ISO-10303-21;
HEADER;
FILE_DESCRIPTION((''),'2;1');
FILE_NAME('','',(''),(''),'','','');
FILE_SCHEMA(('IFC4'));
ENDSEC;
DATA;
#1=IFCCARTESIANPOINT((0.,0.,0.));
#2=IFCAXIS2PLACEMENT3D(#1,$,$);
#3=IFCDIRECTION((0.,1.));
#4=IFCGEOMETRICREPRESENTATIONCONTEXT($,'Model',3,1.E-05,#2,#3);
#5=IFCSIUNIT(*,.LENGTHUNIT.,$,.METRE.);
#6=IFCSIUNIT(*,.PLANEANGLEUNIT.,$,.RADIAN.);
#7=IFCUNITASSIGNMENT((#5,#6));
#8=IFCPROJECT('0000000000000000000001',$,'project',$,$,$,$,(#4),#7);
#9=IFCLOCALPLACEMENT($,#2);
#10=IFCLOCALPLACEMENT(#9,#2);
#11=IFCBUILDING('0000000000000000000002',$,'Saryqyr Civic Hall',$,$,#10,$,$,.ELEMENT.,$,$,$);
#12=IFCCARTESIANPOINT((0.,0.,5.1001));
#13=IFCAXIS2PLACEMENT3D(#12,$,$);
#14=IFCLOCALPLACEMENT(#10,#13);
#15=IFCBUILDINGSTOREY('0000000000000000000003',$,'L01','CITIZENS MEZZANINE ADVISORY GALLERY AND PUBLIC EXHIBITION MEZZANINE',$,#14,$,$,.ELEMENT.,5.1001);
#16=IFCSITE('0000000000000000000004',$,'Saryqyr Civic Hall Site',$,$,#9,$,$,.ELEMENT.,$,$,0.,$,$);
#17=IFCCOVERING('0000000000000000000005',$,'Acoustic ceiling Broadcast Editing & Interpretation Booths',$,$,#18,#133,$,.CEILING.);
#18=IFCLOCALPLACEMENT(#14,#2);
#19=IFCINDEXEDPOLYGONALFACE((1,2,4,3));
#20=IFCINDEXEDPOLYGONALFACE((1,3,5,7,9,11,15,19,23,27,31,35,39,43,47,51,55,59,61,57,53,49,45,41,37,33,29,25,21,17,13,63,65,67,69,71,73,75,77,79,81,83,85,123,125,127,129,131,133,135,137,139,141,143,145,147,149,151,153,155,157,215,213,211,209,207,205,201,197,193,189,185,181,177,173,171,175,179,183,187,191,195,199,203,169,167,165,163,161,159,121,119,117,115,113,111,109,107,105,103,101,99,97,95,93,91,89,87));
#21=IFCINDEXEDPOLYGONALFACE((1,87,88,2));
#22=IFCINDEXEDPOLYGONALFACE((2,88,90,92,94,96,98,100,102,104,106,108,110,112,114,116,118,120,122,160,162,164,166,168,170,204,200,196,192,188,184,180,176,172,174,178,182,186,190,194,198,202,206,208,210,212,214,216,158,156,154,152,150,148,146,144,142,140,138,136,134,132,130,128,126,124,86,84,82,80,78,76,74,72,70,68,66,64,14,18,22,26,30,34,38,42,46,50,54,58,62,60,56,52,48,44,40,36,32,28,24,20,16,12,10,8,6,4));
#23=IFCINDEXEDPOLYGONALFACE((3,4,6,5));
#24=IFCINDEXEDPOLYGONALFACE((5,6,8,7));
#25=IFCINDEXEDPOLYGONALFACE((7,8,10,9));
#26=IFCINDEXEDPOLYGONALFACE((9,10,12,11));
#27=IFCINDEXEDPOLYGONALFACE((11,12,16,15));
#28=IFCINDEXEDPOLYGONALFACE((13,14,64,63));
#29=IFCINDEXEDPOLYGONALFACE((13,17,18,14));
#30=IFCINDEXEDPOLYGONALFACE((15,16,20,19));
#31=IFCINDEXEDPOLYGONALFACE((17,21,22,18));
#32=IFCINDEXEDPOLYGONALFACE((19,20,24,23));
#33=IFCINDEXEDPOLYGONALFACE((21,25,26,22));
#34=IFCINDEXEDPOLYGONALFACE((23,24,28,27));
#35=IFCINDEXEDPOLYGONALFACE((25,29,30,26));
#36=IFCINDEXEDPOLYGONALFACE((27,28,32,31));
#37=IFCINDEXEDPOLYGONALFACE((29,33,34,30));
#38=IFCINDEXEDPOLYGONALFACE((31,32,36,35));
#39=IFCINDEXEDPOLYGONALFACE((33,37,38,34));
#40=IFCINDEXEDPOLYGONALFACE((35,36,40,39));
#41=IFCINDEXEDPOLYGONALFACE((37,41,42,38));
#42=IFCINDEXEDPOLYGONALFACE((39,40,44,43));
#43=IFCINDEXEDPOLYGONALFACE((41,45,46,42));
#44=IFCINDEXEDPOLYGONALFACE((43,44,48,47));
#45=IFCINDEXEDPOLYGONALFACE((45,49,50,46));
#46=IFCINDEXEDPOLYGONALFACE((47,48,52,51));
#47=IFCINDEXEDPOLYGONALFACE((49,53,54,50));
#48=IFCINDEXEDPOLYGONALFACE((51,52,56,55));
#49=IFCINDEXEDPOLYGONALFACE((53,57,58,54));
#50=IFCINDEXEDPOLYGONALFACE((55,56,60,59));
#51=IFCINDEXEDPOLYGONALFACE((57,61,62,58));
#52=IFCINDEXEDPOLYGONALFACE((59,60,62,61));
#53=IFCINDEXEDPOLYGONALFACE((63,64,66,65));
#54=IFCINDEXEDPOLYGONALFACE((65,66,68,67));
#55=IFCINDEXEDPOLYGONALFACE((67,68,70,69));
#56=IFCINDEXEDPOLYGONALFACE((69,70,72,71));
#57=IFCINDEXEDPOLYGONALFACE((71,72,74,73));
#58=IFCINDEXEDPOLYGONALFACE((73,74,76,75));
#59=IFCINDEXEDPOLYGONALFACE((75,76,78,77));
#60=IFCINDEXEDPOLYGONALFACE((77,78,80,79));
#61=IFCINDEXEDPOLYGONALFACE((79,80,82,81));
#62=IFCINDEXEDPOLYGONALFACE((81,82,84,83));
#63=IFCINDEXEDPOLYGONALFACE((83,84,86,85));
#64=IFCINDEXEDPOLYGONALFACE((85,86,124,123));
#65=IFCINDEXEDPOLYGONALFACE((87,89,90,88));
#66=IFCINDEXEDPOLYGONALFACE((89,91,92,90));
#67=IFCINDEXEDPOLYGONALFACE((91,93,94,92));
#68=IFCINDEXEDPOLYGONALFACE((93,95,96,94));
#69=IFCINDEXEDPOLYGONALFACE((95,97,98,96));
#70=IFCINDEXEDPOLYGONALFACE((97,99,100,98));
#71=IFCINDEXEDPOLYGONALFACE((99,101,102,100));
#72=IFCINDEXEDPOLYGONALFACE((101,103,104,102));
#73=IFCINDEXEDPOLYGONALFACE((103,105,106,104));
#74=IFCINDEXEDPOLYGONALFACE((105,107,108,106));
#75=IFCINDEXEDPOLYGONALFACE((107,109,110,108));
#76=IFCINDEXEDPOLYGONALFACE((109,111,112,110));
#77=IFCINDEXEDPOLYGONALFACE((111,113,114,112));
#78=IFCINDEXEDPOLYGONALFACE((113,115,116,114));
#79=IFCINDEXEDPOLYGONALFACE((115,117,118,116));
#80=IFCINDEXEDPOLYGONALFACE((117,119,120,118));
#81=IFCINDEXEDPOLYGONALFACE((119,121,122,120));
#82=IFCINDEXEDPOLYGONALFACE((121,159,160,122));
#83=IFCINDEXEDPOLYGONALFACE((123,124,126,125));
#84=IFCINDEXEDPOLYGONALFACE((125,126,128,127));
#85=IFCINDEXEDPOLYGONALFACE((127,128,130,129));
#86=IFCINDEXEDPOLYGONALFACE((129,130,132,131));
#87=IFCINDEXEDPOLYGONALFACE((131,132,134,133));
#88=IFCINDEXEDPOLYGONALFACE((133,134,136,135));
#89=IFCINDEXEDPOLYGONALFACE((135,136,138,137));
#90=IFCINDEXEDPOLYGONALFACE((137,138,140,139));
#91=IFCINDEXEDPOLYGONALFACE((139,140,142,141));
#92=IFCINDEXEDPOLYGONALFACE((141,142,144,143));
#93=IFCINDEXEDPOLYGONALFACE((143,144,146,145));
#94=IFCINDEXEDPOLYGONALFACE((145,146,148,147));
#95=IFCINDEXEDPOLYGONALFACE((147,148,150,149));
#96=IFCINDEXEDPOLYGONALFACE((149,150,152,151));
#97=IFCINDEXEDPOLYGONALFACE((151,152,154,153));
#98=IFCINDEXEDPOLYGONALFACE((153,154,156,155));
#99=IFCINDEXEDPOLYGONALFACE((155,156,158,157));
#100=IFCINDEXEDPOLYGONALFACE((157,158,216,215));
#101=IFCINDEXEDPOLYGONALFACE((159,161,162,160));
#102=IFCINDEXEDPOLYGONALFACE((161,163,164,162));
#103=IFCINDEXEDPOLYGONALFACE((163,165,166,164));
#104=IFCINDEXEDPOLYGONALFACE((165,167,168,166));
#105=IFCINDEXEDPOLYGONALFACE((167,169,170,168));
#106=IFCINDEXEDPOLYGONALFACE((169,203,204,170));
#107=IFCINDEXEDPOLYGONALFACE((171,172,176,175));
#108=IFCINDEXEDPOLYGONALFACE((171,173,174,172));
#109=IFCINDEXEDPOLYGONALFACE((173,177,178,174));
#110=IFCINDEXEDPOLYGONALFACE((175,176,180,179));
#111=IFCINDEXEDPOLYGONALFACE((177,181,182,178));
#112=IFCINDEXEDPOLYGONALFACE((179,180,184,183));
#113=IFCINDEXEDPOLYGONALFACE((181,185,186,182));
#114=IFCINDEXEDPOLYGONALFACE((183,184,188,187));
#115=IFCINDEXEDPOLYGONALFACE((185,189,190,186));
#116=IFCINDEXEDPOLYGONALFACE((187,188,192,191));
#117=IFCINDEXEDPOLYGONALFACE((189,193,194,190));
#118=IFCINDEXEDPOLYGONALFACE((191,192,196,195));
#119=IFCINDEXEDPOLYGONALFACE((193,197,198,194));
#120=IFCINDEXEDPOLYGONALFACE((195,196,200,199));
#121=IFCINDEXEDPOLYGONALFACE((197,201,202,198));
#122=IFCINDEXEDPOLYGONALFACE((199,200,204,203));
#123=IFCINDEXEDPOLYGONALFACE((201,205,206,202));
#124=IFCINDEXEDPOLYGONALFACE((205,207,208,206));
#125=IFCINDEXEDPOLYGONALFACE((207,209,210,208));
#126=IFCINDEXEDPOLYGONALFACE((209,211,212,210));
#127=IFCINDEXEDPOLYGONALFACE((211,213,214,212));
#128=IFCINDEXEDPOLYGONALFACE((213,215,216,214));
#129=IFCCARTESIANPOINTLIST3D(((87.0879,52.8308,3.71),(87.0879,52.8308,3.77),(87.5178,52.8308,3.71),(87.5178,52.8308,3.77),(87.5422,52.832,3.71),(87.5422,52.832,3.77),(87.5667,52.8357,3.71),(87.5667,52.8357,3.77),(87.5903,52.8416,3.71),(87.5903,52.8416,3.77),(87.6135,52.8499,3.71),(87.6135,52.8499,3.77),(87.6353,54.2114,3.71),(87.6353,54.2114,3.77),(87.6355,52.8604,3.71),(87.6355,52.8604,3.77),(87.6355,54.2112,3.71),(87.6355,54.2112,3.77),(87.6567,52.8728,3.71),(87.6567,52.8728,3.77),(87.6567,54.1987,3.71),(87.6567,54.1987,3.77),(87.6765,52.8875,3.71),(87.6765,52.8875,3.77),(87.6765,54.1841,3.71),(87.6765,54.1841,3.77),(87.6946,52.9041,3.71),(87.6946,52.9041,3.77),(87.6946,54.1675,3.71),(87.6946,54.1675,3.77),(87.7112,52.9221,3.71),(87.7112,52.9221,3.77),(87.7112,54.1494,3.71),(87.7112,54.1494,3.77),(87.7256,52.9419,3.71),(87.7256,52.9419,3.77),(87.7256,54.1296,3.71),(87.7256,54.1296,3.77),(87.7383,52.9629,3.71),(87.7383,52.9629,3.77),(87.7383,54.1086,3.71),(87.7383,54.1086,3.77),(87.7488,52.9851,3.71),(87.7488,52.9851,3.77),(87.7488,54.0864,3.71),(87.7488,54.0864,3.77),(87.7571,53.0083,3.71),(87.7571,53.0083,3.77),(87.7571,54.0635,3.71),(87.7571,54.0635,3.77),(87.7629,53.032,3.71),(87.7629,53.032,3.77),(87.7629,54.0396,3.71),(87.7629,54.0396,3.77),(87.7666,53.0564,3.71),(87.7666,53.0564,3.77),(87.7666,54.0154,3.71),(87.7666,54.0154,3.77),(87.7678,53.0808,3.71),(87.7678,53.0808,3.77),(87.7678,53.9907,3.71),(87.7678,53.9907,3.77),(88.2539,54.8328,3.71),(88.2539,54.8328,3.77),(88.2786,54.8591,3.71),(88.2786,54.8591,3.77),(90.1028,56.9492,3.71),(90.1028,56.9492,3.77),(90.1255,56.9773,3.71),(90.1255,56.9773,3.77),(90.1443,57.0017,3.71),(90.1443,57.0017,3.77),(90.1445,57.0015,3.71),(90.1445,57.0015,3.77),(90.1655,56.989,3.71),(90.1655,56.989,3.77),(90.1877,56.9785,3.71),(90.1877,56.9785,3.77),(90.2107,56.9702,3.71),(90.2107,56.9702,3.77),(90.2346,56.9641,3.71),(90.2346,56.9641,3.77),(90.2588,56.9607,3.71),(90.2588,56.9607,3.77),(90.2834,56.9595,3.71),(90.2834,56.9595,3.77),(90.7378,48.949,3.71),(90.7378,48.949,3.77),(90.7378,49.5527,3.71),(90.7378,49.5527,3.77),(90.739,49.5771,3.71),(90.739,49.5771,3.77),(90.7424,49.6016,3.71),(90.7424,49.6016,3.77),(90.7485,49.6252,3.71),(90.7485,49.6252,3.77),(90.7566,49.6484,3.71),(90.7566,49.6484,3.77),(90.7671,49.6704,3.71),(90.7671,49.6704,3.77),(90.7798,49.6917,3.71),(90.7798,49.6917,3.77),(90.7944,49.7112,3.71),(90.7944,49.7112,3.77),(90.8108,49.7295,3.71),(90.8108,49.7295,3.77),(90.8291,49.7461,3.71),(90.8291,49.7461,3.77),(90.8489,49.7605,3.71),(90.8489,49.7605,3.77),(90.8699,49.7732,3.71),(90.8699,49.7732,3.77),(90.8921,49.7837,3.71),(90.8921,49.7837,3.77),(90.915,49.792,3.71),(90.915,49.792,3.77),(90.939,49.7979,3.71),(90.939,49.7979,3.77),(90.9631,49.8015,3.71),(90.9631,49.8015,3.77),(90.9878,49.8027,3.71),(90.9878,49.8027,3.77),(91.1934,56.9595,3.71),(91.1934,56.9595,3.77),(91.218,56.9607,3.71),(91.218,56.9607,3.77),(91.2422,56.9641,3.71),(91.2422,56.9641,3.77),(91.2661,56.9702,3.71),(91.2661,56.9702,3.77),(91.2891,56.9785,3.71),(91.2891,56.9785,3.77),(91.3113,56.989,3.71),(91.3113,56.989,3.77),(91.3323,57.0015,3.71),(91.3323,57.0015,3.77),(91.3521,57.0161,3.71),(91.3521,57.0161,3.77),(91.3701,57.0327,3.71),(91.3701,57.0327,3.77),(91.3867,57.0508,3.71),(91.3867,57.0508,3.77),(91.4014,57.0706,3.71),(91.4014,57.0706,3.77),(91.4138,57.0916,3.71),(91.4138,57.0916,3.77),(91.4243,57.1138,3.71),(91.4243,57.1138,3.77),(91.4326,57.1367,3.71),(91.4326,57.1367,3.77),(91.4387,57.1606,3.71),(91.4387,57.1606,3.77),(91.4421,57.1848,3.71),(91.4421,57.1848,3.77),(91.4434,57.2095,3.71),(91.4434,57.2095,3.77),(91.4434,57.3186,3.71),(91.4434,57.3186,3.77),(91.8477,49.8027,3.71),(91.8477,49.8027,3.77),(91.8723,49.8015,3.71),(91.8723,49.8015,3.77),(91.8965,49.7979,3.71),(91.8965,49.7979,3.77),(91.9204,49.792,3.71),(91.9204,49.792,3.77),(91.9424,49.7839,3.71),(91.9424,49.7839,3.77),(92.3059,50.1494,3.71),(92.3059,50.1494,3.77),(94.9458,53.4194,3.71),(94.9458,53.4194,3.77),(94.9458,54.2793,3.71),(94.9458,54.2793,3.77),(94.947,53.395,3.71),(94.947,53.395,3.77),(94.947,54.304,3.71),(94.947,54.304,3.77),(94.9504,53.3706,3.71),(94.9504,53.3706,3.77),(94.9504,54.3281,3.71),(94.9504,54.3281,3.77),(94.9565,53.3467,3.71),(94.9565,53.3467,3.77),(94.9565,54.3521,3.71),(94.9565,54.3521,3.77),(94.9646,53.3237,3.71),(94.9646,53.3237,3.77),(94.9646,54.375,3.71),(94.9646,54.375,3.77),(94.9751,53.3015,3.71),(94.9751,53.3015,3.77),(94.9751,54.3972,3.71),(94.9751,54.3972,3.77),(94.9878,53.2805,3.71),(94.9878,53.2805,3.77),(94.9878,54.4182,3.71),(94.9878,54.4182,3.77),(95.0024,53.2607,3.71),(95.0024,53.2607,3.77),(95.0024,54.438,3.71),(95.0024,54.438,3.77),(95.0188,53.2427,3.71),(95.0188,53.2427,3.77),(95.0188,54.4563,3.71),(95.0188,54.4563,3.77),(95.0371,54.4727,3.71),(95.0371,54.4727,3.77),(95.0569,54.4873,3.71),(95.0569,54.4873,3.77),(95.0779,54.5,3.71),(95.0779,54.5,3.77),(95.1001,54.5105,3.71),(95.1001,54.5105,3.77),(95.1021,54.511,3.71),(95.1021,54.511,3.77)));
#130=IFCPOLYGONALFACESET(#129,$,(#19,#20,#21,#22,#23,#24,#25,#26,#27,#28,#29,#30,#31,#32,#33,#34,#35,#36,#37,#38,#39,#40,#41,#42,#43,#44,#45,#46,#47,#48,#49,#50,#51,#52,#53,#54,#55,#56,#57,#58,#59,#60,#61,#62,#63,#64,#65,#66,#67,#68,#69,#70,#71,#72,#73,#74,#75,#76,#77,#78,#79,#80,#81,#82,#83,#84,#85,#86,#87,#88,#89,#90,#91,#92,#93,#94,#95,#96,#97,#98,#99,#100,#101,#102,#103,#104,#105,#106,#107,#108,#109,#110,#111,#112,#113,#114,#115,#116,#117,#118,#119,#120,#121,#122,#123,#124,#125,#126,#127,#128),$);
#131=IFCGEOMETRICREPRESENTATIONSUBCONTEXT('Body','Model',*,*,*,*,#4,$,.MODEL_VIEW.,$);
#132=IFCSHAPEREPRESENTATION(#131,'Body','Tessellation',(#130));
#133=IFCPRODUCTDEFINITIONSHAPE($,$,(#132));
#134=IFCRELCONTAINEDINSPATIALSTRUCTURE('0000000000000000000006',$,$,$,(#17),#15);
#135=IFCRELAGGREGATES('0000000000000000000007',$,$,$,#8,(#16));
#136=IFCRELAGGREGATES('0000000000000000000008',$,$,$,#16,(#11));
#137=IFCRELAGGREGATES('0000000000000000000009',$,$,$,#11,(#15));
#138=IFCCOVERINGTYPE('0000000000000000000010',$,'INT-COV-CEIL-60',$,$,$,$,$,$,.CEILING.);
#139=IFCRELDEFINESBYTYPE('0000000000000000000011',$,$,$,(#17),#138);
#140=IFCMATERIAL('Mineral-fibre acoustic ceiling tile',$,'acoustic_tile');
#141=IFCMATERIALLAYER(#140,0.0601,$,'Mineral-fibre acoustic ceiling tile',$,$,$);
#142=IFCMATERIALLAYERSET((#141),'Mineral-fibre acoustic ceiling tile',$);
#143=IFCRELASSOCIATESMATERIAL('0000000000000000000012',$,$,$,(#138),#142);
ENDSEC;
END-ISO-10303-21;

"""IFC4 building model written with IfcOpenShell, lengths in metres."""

from ifc_helpers import new_model, si_unit, direction, frame, origin, place, context, subcontext, project, spatial, polyline, outline, extrude, material, layer, layer_set, type_object, element, save


model = new_model("IFC4")

# Units and contexts
model_context = context("Model", 3, precision=1e-05, world=origin(), true_north=direction((0.0, 1.0)))
body_context = subcontext(model_context, "Body", "Model", "MODEL_VIEW")
ifc_project = project(units=[si_unit("LENGTHUNIT", "METRE"), si_unit("PLANEANGLEUNIT", "RADIAN")], contexts=[model_context])

# Site, building, storey
site_placement = place(None, origin())
site = spatial("IfcSite", under=ifc_project, at=site_placement, Name="Saryqyr Civic Hall Site", CompositionType="ELEMENT", RefElevation=0.0)
building_placement = place(site_placement, origin())
building = spatial("IfcBuilding", under=site, at=building_placement, Name="Saryqyr Civic Hall", CompositionType="ELEMENT")
storey_placement = place(building_placement, frame((0.0, 0.0, 5.1001)))
storey = spatial("IfcBuildingStorey", under=building, at=storey_placement, Name="L01", Description="CITIZENS MEZZANINE ADVISORY GALLERY AND PUBLIC EXHIBITION MEZZANINE", CompositionType="ELEMENT", Elevation=5.1001)

# Covering
ifc_material_1 = material(Name="Mineral-fibre acoustic ceiling tile", Category="acoustic_tile")
ifc_layer_1 = layer(ifc_material_1, 0.0601, Name="Mineral-fibre acoustic ceiling tile")
ifc_layer_set_1 = layer_set([ifc_layer_1], Name="Mineral-fibre acoustic ceiling tile")
covering_type = type_object("IfcCoveringType", Name="INT-COV-CEIL-60", PredefinedType="CEILING", material=ifc_layer_set_1)
covering_1_placement = place(storey_placement, frame((0.0, 0.0, 3.71)))
element("IfcCovering", 1, at=covering_1_placement, inside=storey, type_object=covering_type, Name="Acoustic ceiling Broadcast Editing & Interpretation Booths", PredefinedType="CEILING", context=body_context, shape_type="SweptSolid", body=[
    extrude(outline(polyline([(87.5422, 52.832), (87.5667, 52.8357), (87.5903, 52.8416), (87.6135, 52.8499), (87.6355, 52.8604), (87.6567, 52.8728), (87.6765, 52.8875), (87.6946, 52.9041), (87.7112, 52.9221), (87.7256, 52.9419), (87.7383, 52.9629), (87.7488, 52.9851), (87.7571, 53.0083), (87.7629, 53.032), (87.7666, 53.0564), (87.7678, 53.0808), (87.7678, 53.9907), (87.7666, 54.0154), (87.7629, 54.0396), (87.7571, 54.0635), (87.7488, 54.0864), (87.7383, 54.1086), (87.7256, 54.1296), (87.7112, 54.1494), (87.6946, 54.1675), (87.6765, 54.1841), (87.6567, 54.1987), (87.6355, 54.2112), (87.6353, 54.2114), (88.2539, 54.8328), (88.2786, 54.8591), (90.1028, 56.9492), (90.1255, 56.9773), (90.1443, 57.0017), (90.1445, 57.0015), (90.1655, 56.989), (90.1877, 56.9785), (90.2107, 56.9702), (90.2346, 56.9641), (90.2588, 56.9607), (90.2834, 56.9595), (91.1934, 56.9595), (91.218, 56.9607), (91.2422, 56.9641), (91.2661, 56.9702), (91.2891, 56.9785), (91.3113, 56.989), (91.3323, 57.0015), (91.3521, 57.0161), (91.3701, 57.0327), (91.3867, 57.0508), (91.4014, 57.0706), (91.4138, 57.0916), (91.4243, 57.1138), (91.4326, 57.1367), (91.4387, 57.1606), (91.4421, 57.1848), (91.4434, 57.2095), (91.4434, 57.3186), (95.1021, 54.511), (95.1001, 54.5105), (95.0779, 54.5), (95.0569, 54.4873), (95.0371, 54.4727), (95.0188, 54.4563), (95.0024, 54.438), (94.9878, 54.4182), (94.9751, 54.3972), (94.9646, 54.375), (94.9565, 54.3521), (94.9504, 54.3281), (94.947, 54.304), (94.9458, 54.2793), (94.9458, 53.4194), (94.947, 53.395), (94.9504, 53.3706), (94.9565, 53.3467), (94.9646, 53.3237), (94.9751, 53.3015), (94.9878, 53.2805), (95.0024, 53.2607), (95.0188, 53.2427), (92.3059, 50.1494), (91.9424, 49.7839), (91.9204, 49.792), (91.8965, 49.7979), (91.8723, 49.8015), (91.8477, 49.8027), (90.9878, 49.8027), (90.9631, 49.8015), (90.939, 49.7979), (90.915, 49.792), (90.8921, 49.7837), (90.8699, 49.7732), (90.8489, 49.7605), (90.8291, 49.7461), (90.8108, 49.7295), (90.7944, 49.7112), (90.7798, 49.6917), (90.7671, 49.6704), (90.7566, 49.6484), (90.7485, 49.6252), (90.7424, 49.6016), (90.739, 49.5771), (90.7378, 49.5527), (90.7378, 48.949), (87.0879, 52.8308), (87.5178, 52.8308), (87.5422, 52.832)])), origin(), (0.0, 0.0, 1.0), 0.0601),
])

save(model, "model.ifc")
